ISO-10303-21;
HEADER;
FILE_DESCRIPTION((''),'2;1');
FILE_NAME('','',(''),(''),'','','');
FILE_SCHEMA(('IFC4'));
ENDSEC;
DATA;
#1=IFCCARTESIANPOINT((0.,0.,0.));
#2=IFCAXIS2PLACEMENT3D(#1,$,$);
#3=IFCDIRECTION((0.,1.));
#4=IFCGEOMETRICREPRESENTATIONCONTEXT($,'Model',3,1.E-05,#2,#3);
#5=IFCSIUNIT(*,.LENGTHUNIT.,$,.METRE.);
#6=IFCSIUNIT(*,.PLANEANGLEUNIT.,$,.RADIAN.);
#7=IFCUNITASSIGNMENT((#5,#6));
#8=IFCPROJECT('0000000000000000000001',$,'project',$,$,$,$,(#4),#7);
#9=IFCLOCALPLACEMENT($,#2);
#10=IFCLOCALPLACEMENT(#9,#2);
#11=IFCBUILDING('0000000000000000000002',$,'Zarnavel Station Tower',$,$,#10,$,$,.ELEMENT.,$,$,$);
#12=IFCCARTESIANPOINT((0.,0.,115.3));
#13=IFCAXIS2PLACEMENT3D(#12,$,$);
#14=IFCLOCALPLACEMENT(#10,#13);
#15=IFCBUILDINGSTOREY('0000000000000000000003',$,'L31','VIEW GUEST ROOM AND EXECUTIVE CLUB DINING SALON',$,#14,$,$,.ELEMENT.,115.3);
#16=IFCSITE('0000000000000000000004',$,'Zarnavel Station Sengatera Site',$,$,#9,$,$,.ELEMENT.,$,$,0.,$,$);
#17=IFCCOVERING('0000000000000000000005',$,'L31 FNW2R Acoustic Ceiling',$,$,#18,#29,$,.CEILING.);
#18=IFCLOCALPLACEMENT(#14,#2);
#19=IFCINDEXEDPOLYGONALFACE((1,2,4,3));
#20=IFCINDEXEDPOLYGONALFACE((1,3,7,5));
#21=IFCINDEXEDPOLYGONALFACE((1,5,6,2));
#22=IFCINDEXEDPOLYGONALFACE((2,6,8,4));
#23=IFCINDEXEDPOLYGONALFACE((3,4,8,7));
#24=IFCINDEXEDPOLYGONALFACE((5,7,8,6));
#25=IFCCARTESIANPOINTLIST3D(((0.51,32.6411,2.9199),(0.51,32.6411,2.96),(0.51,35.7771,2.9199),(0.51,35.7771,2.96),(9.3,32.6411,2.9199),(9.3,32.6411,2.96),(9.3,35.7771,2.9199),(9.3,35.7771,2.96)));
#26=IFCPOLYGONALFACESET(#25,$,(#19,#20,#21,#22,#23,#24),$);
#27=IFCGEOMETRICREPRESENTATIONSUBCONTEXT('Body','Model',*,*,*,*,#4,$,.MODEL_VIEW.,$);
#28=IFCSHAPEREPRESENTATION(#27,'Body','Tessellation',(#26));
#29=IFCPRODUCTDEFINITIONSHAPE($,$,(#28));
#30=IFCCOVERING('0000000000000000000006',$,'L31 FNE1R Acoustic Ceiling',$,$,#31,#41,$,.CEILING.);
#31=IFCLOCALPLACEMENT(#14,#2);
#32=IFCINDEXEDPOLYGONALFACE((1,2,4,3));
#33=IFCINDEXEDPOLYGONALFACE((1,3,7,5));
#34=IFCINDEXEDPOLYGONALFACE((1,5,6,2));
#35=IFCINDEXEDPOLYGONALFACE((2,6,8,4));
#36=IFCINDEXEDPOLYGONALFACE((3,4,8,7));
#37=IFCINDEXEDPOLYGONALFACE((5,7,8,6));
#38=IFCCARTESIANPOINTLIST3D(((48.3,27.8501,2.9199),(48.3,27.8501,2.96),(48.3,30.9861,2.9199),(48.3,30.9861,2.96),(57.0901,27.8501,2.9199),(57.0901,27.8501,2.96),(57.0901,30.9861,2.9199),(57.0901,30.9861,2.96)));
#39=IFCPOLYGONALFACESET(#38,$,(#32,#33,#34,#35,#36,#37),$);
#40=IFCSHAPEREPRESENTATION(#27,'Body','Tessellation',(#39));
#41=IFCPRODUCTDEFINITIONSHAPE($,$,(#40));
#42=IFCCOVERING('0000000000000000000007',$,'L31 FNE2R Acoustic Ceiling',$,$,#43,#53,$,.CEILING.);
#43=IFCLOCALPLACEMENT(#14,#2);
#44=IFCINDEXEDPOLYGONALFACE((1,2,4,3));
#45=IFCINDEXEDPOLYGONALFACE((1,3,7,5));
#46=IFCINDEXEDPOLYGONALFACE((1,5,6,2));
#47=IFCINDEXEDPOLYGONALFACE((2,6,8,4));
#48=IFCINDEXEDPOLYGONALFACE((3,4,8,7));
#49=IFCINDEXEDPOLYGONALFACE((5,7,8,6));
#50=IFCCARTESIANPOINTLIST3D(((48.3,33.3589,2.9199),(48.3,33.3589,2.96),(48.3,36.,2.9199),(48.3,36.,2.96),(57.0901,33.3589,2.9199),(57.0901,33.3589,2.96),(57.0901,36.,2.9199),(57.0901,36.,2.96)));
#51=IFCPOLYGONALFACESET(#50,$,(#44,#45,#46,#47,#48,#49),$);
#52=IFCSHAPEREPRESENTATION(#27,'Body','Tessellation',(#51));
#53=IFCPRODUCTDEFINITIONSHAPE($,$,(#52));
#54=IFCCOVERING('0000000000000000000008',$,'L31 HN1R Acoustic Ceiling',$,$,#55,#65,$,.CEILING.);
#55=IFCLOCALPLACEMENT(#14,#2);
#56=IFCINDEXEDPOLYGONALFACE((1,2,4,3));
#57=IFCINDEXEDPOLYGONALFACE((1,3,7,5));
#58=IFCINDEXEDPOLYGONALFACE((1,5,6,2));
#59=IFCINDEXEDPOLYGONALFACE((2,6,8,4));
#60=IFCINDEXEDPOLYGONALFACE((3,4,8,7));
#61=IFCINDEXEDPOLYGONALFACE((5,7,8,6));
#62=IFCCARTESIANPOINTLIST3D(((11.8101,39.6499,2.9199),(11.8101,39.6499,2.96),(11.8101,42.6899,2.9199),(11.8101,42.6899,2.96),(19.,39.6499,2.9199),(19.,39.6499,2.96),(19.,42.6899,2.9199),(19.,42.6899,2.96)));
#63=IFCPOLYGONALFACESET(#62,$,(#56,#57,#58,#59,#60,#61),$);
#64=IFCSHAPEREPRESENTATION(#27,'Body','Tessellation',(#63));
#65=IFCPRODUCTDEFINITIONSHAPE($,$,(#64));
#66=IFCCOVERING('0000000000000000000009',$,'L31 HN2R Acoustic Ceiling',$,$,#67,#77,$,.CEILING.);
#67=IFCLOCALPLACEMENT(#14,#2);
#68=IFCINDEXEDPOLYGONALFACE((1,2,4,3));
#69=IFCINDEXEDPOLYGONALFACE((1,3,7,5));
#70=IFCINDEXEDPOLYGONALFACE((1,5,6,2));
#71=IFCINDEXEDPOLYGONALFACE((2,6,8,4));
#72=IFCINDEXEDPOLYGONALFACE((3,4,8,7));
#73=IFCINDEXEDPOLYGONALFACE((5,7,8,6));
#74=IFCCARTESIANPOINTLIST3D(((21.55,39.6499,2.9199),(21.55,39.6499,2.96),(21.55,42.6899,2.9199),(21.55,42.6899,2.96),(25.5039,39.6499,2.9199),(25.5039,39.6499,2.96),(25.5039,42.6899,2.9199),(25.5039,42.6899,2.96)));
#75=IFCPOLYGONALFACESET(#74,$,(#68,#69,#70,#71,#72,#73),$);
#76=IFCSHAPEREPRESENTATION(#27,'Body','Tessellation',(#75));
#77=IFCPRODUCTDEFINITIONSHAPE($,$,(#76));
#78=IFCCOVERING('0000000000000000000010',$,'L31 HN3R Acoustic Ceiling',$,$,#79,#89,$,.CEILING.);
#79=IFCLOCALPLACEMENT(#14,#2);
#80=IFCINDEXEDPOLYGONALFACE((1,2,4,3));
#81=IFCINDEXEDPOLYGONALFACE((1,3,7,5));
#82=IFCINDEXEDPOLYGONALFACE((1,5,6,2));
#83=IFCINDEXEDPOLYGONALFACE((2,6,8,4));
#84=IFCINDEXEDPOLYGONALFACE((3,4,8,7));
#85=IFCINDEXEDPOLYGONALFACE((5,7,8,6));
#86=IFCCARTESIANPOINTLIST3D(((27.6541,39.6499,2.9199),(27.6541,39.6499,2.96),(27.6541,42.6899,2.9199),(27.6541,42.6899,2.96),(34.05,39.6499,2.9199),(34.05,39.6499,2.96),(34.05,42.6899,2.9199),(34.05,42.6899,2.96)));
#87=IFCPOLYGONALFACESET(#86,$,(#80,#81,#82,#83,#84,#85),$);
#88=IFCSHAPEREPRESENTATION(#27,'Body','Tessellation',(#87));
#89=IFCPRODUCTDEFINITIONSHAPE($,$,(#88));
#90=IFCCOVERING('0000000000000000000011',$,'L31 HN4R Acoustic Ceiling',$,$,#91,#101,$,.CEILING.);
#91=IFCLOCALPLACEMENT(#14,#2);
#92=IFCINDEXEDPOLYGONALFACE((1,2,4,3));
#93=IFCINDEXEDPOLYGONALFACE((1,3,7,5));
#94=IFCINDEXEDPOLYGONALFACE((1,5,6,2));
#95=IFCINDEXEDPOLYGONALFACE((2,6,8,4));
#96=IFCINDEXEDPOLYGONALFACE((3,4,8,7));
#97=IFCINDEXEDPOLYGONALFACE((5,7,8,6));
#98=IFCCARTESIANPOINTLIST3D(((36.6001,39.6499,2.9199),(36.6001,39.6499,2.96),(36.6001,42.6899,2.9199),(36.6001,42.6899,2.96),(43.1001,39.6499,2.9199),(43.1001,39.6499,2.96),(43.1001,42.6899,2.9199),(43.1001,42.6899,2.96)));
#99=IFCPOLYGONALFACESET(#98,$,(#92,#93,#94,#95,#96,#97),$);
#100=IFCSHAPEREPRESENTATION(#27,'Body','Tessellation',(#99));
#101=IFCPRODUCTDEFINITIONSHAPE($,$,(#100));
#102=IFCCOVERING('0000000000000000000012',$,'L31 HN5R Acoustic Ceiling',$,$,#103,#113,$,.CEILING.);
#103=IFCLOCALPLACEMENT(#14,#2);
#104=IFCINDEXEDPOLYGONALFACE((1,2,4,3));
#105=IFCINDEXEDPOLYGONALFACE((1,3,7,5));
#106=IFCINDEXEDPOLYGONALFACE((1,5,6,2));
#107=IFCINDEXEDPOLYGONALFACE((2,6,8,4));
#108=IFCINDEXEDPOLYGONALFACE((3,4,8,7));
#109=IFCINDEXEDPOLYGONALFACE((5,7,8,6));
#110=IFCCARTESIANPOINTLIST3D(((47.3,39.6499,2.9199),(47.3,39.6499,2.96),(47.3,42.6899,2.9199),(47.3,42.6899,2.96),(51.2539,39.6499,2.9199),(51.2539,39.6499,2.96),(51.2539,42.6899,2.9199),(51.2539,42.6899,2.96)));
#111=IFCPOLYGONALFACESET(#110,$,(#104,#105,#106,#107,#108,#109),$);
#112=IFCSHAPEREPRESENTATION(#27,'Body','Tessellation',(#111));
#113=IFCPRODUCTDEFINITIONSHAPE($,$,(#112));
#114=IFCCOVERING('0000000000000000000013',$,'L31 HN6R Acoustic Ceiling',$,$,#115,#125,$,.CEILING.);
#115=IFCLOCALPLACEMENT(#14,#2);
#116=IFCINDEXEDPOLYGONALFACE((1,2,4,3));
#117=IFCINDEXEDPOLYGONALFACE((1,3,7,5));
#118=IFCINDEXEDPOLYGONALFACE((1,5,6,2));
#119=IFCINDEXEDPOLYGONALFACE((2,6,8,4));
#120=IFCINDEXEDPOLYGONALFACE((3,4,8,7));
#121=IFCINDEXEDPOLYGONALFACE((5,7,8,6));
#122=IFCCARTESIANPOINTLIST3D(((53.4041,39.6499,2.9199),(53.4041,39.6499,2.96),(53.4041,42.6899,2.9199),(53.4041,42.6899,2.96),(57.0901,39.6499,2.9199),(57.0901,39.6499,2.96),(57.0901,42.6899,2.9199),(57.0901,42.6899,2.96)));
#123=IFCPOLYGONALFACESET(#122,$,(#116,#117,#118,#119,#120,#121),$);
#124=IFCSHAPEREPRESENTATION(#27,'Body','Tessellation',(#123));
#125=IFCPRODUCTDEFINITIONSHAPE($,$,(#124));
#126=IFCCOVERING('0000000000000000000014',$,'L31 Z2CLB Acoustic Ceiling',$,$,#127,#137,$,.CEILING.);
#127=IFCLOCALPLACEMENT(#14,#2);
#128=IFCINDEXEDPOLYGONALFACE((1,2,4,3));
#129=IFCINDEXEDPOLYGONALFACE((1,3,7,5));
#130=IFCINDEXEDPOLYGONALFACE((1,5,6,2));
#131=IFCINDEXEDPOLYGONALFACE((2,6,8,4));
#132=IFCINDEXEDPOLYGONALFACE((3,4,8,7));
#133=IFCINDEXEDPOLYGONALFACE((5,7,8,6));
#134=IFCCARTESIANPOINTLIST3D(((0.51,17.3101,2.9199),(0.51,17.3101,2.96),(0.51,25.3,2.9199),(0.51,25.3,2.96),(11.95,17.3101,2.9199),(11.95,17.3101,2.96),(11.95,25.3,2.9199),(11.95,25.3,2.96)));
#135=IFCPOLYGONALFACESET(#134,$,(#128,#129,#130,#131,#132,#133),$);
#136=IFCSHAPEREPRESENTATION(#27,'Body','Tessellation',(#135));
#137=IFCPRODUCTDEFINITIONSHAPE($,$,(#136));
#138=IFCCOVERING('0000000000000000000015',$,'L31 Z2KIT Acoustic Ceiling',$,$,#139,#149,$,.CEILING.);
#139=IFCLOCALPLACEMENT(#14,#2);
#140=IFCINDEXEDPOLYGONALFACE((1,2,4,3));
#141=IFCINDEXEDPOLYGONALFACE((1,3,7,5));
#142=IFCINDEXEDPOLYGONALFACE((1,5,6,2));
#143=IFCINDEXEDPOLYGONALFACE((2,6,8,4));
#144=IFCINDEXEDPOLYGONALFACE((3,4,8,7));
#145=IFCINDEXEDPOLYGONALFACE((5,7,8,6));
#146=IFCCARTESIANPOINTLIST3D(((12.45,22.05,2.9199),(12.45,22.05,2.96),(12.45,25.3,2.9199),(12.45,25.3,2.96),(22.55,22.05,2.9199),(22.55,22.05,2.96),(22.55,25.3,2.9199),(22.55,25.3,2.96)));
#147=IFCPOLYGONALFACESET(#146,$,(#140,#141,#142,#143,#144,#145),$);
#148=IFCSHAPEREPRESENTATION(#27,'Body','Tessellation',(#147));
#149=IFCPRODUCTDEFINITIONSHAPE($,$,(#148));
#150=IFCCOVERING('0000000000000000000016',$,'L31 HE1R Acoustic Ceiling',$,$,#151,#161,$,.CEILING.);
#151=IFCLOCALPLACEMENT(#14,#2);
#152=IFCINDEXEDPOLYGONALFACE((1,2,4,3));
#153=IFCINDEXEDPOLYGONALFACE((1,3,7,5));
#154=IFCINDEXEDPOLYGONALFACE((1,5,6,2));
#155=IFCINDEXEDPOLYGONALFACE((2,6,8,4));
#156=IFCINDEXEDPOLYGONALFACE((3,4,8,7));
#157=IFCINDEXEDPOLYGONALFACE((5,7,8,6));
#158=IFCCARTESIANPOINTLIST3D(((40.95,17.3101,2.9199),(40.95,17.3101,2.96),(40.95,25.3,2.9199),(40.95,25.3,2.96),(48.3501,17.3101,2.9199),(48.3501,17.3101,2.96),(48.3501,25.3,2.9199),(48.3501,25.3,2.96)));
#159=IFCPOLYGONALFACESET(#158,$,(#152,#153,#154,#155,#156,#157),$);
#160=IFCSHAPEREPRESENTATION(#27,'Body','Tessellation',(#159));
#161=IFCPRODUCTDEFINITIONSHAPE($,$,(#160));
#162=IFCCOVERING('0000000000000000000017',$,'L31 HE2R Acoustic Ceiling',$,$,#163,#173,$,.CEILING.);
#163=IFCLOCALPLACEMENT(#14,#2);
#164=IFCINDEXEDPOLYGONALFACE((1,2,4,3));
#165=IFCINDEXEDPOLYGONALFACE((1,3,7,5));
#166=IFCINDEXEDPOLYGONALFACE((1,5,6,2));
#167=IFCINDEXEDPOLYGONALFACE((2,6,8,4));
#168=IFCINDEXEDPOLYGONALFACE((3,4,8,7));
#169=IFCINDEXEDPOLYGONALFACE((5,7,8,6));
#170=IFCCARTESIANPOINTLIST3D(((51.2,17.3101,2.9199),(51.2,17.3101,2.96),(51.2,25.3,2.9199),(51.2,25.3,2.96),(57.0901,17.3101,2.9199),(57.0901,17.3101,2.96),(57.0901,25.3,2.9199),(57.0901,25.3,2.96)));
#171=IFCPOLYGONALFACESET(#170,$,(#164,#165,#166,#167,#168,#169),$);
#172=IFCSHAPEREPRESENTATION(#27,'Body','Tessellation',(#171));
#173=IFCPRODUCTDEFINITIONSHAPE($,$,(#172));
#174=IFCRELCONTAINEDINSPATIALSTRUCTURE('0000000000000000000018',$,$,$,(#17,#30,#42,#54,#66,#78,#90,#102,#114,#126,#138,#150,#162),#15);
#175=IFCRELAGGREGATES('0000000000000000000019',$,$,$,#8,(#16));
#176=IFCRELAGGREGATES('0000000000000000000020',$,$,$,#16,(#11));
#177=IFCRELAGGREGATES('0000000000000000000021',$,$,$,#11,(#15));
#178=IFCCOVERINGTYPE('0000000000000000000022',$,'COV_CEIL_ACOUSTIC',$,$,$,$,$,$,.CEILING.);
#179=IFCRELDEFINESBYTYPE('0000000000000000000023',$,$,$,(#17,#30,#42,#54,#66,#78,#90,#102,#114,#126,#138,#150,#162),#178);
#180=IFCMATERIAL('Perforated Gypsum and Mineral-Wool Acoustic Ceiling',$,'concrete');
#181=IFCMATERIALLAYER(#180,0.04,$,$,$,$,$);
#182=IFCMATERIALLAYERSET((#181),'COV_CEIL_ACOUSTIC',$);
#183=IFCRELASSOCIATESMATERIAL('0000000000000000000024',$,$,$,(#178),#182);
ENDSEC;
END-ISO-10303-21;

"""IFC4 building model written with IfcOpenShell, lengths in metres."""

from ifc_helpers import new_model, si_unit, direction, frame, origin, place, context, subcontext, project, spatial, polyline, outline, extrude, material, layer, layer_set, type_object, element, save


model = new_model("IFC4")

# Units and contexts
model_context = context("Model", 3, precision=1e-05, world=origin(), true_north=direction((0.0, 1.0)))
body_context = subcontext(model_context, "Body", "Model", "MODEL_VIEW")
ifc_project = project(units=[si_unit("LENGTHUNIT", "METRE"), si_unit("PLANEANGLEUNIT", "RADIAN")], contexts=[model_context])

# Site, building, storey
site_placement = place(None, origin())
site = spatial("IfcSite", under=ifc_project, at=site_placement, Name="Zarnavel Station Sengatera Site", CompositionType="ELEMENT", RefElevation=0.0)
building_placement = place(site_placement, origin())
building = spatial("IfcBuilding", under=site, at=building_placement, Name="Zarnavel Station Tower", CompositionType="ELEMENT")
storey_placement = place(building_placement, frame((0.0, 0.0, 115.3)))
storey = spatial("IfcBuildingStorey", under=building, at=storey_placement, Name="L31", Description="VIEW GUEST ROOM AND EXECUTIVE CLUB DINING SALON", CompositionType="ELEMENT", Elevation=115.3)

# Coverings
ifc_material_1 = material(Name="Perforated Gypsum and Mineral-Wool Acoustic Ceiling", Category="concrete")
ifc_layer_1 = layer(ifc_material_1, 0.04)
ifc_layer_set_1 = layer_set([ifc_layer_1], Name="COV_CEIL_ACOUSTIC")
covering_type_1 = type_object("IfcCoveringType", Name="COV_CEIL_ACOUSTIC", PredefinedType="CEILING", material=ifc_layer_set_1)
covering_1_placement = place(storey_placement, frame((0.0, 0.0, 2.9199)))
element("IfcCovering", 1, at=covering_1_placement, inside=storey, type_object=covering_type_1, Name="L31 FNW2R Acoustic Ceiling", PredefinedType="CEILING", context=body_context, shape_type="SweptSolid", body=[
    extrude(outline(polyline([(0.51, 32.6411), (9.3, 32.6411), (9.3, 35.7771), (0.51, 35.7771), (0.51, 32.6411)])), origin(), (0.0, 0.0, 1.0), 0.04),
])
covering_2_placement = place(storey_placement, frame((0.0, 0.0, 2.9199)))
element("IfcCovering", 2, at=covering_2_placement, inside=storey, type_object=covering_type_1, Name="L31 FNE1R Acoustic Ceiling", PredefinedType="CEILING", context=body_context, shape_type="SweptSolid", body=[
    extrude(outline(polyline([(48.3, 27.8501), (57.0901, 27.8501), (57.0901, 30.9861), (48.3, 30.9861), (48.3, 27.8501)])), origin(), (0.0, 0.0, 1.0), 0.04),
])
covering_3_placement = place(storey_placement, frame((0.0, 0.0, 2.9199)))
element("IfcCovering", 3, at=covering_3_placement, inside=storey, type_object=covering_type_1, Name="L31 FNE2R Acoustic Ceiling", PredefinedType="CEILING", context=body_context, shape_type="SweptSolid", body=[
    extrude(outline(polyline([(48.3, 33.3589), (57.0901, 33.3589), (57.0901, 36.0), (48.3, 36.0), (48.3, 33.3589)])), origin(), (0.0, 0.0, 1.0), 0.04),
])
covering_4_placement = place(storey_placement, frame((0.0, 0.0, 2.9199)))
element("IfcCovering", 4, at=covering_4_placement, inside=storey, type_object=covering_type_1, Name="L31 HN1R Acoustic Ceiling", PredefinedType="CEILING", context=body_context, shape_type="SweptSolid", body=[
    extrude(outline(polyline([(11.8101, 39.6499), (19.0, 39.6499), (19.0, 42.6899), (11.8101, 42.6899), (11.8101, 39.6499)])), origin(), (0.0, 0.0, 1.0), 0.04),
])
covering_5_placement = place(storey_placement, frame((0.0, 0.0, 2.9199)))
element("IfcCovering", 5, at=covering_5_placement, inside=storey, type_object=covering_type_1, Name="L31 HN2R Acoustic Ceiling", PredefinedType="CEILING", context=body_context, shape_type="SweptSolid", body=[
    extrude(outline(polyline([(21.55, 39.6499), (25.5039, 39.6499), (25.5039, 42.6899), (21.55, 42.6899), (21.55, 39.6499)])), origin(), (0.0, 0.0, 1.0), 0.04),
])
covering_6_placement = place(storey_placement, frame((0.0, 0.0, 2.9199)))
element("IfcCovering", 6, at=covering_6_placement, inside=storey, type_object=covering_type_1, Name="L31 HN3R Acoustic Ceiling", PredefinedType="CEILING", context=body_context, shape_type="SweptSolid", body=[
    extrude(outline(polyline([(27.6541, 39.6499), (34.05, 39.6499), (34.05, 42.6899), (27.6541, 42.6899), (27.6541, 39.6499)])), origin(), (0.0, 0.0, 1.0), 0.04),
])
covering_7_placement = place(storey_placement, frame((0.0, 0.0, 2.9199)))
element("IfcCovering", 7, at=covering_7_placement, inside=storey, type_object=covering_type_1, Name="L31 HN4R Acoustic Ceiling", PredefinedType="CEILING", context=body_context, shape_type="SweptSolid", body=[
    extrude(outline(polyline([(36.6001, 39.6499), (43.1001, 39.6499), (43.1001, 42.6899), (36.6001, 42.6899), (36.6001, 39.6499)])), origin(), (0.0, 0.0, 1.0), 0.04),
])
covering_8_placement = place(storey_placement, frame((0.0, 0.0, 2.9199)))
element("IfcCovering", 8, at=covering_8_placement, inside=storey, type_object=covering_type_1, Name="L31 HN5R Acoustic Ceiling", PredefinedType="CEILING", context=body_context, shape_type="SweptSolid", body=[
    extrude(outline(polyline([(47.3, 39.6499), (51.2539, 39.6499), (51.2539, 42.6899), (47.3, 42.6899), (47.3, 39.6499)])), origin(), (0.0, 0.0, 1.0), 0.04),
])
covering_9_placement = place(storey_placement, frame((0.0, 0.0, 2.9199)))
element("IfcCovering", 9, at=covering_9_placement, inside=storey, type_object=covering_type_1, Name="L31 HN6R Acoustic Ceiling", PredefinedType="CEILING", context=body_context, shape_type="SweptSolid", body=[
    extrude(outline(polyline([(53.4041, 39.6499), (57.0901, 39.6499), (57.0901, 42.6899), (53.4041, 42.6899), (53.4041, 39.6499)])), origin(), (0.0, 0.0, 1.0), 0.04),
])
covering_10_placement = place(storey_placement, frame((0.0, 0.0, 2.9199)))
element("IfcCovering", 10, at=covering_10_placement, inside=storey, type_object=covering_type_1, Name="L31 Z2CLB Acoustic Ceiling", PredefinedType="CEILING", context=body_context, shape_type="SweptSolid", body=[
    extrude(outline(polyline([(0.51, 17.3101), (11.95, 17.3101), (11.95, 25.3), (0.51, 25.3), (0.51, 17.3101)])), origin(), (0.0, 0.0, 1.0), 0.04),
])
covering_11_placement = place(storey_placement, frame((0.0, 0.0, 2.9199)))
element("IfcCovering", 11, at=covering_11_placement, inside=storey, type_object=covering_type_1, Name="L31 Z2KIT Acoustic Ceiling", PredefinedType="CEILING", context=body_context, shape_type="SweptSolid", body=[
    extrude(outline(polyline([(12.45, 22.05), (22.55, 22.05), (22.55, 25.3), (12.45, 25.3), (12.45, 22.05)])), origin(), (0.0, 0.0, 1.0), 0.04),
])
covering_12_placement = place(storey_placement, frame((0.0, 0.0, 2.9199)))
element("IfcCovering", 12, at=covering_12_placement, inside=storey, type_object=covering_type_1, Name="L31 HE1R Acoustic Ceiling", PredefinedType="CEILING", context=body_context, shape_type="SweptSolid", body=[
    extrude(outline(polyline([(40.95, 17.3101), (48.3501, 17.3101), (48.3501, 25.3), (40.95, 25.3), (40.95, 17.3101)])), origin(), (0.0, 0.0, 1.0), 0.04),
])
covering_13_placement = place(storey_placement, frame((0.0, 0.0, 2.9199)))
element("IfcCovering", 13, at=covering_13_placement, inside=storey, type_object=covering_type_1, Name="L31 HE2R Acoustic Ceiling", PredefinedType="CEILING", context=body_context, shape_type="SweptSolid", body=[
    extrude(outline(polyline([(51.2, 17.3101), (57.0901, 17.3101), (57.0901, 25.3), (51.2, 25.3), (51.2, 17.3101)])), origin(), (0.0, 0.0, 1.0), 0.04),
])

save(model, "model.ifc")
